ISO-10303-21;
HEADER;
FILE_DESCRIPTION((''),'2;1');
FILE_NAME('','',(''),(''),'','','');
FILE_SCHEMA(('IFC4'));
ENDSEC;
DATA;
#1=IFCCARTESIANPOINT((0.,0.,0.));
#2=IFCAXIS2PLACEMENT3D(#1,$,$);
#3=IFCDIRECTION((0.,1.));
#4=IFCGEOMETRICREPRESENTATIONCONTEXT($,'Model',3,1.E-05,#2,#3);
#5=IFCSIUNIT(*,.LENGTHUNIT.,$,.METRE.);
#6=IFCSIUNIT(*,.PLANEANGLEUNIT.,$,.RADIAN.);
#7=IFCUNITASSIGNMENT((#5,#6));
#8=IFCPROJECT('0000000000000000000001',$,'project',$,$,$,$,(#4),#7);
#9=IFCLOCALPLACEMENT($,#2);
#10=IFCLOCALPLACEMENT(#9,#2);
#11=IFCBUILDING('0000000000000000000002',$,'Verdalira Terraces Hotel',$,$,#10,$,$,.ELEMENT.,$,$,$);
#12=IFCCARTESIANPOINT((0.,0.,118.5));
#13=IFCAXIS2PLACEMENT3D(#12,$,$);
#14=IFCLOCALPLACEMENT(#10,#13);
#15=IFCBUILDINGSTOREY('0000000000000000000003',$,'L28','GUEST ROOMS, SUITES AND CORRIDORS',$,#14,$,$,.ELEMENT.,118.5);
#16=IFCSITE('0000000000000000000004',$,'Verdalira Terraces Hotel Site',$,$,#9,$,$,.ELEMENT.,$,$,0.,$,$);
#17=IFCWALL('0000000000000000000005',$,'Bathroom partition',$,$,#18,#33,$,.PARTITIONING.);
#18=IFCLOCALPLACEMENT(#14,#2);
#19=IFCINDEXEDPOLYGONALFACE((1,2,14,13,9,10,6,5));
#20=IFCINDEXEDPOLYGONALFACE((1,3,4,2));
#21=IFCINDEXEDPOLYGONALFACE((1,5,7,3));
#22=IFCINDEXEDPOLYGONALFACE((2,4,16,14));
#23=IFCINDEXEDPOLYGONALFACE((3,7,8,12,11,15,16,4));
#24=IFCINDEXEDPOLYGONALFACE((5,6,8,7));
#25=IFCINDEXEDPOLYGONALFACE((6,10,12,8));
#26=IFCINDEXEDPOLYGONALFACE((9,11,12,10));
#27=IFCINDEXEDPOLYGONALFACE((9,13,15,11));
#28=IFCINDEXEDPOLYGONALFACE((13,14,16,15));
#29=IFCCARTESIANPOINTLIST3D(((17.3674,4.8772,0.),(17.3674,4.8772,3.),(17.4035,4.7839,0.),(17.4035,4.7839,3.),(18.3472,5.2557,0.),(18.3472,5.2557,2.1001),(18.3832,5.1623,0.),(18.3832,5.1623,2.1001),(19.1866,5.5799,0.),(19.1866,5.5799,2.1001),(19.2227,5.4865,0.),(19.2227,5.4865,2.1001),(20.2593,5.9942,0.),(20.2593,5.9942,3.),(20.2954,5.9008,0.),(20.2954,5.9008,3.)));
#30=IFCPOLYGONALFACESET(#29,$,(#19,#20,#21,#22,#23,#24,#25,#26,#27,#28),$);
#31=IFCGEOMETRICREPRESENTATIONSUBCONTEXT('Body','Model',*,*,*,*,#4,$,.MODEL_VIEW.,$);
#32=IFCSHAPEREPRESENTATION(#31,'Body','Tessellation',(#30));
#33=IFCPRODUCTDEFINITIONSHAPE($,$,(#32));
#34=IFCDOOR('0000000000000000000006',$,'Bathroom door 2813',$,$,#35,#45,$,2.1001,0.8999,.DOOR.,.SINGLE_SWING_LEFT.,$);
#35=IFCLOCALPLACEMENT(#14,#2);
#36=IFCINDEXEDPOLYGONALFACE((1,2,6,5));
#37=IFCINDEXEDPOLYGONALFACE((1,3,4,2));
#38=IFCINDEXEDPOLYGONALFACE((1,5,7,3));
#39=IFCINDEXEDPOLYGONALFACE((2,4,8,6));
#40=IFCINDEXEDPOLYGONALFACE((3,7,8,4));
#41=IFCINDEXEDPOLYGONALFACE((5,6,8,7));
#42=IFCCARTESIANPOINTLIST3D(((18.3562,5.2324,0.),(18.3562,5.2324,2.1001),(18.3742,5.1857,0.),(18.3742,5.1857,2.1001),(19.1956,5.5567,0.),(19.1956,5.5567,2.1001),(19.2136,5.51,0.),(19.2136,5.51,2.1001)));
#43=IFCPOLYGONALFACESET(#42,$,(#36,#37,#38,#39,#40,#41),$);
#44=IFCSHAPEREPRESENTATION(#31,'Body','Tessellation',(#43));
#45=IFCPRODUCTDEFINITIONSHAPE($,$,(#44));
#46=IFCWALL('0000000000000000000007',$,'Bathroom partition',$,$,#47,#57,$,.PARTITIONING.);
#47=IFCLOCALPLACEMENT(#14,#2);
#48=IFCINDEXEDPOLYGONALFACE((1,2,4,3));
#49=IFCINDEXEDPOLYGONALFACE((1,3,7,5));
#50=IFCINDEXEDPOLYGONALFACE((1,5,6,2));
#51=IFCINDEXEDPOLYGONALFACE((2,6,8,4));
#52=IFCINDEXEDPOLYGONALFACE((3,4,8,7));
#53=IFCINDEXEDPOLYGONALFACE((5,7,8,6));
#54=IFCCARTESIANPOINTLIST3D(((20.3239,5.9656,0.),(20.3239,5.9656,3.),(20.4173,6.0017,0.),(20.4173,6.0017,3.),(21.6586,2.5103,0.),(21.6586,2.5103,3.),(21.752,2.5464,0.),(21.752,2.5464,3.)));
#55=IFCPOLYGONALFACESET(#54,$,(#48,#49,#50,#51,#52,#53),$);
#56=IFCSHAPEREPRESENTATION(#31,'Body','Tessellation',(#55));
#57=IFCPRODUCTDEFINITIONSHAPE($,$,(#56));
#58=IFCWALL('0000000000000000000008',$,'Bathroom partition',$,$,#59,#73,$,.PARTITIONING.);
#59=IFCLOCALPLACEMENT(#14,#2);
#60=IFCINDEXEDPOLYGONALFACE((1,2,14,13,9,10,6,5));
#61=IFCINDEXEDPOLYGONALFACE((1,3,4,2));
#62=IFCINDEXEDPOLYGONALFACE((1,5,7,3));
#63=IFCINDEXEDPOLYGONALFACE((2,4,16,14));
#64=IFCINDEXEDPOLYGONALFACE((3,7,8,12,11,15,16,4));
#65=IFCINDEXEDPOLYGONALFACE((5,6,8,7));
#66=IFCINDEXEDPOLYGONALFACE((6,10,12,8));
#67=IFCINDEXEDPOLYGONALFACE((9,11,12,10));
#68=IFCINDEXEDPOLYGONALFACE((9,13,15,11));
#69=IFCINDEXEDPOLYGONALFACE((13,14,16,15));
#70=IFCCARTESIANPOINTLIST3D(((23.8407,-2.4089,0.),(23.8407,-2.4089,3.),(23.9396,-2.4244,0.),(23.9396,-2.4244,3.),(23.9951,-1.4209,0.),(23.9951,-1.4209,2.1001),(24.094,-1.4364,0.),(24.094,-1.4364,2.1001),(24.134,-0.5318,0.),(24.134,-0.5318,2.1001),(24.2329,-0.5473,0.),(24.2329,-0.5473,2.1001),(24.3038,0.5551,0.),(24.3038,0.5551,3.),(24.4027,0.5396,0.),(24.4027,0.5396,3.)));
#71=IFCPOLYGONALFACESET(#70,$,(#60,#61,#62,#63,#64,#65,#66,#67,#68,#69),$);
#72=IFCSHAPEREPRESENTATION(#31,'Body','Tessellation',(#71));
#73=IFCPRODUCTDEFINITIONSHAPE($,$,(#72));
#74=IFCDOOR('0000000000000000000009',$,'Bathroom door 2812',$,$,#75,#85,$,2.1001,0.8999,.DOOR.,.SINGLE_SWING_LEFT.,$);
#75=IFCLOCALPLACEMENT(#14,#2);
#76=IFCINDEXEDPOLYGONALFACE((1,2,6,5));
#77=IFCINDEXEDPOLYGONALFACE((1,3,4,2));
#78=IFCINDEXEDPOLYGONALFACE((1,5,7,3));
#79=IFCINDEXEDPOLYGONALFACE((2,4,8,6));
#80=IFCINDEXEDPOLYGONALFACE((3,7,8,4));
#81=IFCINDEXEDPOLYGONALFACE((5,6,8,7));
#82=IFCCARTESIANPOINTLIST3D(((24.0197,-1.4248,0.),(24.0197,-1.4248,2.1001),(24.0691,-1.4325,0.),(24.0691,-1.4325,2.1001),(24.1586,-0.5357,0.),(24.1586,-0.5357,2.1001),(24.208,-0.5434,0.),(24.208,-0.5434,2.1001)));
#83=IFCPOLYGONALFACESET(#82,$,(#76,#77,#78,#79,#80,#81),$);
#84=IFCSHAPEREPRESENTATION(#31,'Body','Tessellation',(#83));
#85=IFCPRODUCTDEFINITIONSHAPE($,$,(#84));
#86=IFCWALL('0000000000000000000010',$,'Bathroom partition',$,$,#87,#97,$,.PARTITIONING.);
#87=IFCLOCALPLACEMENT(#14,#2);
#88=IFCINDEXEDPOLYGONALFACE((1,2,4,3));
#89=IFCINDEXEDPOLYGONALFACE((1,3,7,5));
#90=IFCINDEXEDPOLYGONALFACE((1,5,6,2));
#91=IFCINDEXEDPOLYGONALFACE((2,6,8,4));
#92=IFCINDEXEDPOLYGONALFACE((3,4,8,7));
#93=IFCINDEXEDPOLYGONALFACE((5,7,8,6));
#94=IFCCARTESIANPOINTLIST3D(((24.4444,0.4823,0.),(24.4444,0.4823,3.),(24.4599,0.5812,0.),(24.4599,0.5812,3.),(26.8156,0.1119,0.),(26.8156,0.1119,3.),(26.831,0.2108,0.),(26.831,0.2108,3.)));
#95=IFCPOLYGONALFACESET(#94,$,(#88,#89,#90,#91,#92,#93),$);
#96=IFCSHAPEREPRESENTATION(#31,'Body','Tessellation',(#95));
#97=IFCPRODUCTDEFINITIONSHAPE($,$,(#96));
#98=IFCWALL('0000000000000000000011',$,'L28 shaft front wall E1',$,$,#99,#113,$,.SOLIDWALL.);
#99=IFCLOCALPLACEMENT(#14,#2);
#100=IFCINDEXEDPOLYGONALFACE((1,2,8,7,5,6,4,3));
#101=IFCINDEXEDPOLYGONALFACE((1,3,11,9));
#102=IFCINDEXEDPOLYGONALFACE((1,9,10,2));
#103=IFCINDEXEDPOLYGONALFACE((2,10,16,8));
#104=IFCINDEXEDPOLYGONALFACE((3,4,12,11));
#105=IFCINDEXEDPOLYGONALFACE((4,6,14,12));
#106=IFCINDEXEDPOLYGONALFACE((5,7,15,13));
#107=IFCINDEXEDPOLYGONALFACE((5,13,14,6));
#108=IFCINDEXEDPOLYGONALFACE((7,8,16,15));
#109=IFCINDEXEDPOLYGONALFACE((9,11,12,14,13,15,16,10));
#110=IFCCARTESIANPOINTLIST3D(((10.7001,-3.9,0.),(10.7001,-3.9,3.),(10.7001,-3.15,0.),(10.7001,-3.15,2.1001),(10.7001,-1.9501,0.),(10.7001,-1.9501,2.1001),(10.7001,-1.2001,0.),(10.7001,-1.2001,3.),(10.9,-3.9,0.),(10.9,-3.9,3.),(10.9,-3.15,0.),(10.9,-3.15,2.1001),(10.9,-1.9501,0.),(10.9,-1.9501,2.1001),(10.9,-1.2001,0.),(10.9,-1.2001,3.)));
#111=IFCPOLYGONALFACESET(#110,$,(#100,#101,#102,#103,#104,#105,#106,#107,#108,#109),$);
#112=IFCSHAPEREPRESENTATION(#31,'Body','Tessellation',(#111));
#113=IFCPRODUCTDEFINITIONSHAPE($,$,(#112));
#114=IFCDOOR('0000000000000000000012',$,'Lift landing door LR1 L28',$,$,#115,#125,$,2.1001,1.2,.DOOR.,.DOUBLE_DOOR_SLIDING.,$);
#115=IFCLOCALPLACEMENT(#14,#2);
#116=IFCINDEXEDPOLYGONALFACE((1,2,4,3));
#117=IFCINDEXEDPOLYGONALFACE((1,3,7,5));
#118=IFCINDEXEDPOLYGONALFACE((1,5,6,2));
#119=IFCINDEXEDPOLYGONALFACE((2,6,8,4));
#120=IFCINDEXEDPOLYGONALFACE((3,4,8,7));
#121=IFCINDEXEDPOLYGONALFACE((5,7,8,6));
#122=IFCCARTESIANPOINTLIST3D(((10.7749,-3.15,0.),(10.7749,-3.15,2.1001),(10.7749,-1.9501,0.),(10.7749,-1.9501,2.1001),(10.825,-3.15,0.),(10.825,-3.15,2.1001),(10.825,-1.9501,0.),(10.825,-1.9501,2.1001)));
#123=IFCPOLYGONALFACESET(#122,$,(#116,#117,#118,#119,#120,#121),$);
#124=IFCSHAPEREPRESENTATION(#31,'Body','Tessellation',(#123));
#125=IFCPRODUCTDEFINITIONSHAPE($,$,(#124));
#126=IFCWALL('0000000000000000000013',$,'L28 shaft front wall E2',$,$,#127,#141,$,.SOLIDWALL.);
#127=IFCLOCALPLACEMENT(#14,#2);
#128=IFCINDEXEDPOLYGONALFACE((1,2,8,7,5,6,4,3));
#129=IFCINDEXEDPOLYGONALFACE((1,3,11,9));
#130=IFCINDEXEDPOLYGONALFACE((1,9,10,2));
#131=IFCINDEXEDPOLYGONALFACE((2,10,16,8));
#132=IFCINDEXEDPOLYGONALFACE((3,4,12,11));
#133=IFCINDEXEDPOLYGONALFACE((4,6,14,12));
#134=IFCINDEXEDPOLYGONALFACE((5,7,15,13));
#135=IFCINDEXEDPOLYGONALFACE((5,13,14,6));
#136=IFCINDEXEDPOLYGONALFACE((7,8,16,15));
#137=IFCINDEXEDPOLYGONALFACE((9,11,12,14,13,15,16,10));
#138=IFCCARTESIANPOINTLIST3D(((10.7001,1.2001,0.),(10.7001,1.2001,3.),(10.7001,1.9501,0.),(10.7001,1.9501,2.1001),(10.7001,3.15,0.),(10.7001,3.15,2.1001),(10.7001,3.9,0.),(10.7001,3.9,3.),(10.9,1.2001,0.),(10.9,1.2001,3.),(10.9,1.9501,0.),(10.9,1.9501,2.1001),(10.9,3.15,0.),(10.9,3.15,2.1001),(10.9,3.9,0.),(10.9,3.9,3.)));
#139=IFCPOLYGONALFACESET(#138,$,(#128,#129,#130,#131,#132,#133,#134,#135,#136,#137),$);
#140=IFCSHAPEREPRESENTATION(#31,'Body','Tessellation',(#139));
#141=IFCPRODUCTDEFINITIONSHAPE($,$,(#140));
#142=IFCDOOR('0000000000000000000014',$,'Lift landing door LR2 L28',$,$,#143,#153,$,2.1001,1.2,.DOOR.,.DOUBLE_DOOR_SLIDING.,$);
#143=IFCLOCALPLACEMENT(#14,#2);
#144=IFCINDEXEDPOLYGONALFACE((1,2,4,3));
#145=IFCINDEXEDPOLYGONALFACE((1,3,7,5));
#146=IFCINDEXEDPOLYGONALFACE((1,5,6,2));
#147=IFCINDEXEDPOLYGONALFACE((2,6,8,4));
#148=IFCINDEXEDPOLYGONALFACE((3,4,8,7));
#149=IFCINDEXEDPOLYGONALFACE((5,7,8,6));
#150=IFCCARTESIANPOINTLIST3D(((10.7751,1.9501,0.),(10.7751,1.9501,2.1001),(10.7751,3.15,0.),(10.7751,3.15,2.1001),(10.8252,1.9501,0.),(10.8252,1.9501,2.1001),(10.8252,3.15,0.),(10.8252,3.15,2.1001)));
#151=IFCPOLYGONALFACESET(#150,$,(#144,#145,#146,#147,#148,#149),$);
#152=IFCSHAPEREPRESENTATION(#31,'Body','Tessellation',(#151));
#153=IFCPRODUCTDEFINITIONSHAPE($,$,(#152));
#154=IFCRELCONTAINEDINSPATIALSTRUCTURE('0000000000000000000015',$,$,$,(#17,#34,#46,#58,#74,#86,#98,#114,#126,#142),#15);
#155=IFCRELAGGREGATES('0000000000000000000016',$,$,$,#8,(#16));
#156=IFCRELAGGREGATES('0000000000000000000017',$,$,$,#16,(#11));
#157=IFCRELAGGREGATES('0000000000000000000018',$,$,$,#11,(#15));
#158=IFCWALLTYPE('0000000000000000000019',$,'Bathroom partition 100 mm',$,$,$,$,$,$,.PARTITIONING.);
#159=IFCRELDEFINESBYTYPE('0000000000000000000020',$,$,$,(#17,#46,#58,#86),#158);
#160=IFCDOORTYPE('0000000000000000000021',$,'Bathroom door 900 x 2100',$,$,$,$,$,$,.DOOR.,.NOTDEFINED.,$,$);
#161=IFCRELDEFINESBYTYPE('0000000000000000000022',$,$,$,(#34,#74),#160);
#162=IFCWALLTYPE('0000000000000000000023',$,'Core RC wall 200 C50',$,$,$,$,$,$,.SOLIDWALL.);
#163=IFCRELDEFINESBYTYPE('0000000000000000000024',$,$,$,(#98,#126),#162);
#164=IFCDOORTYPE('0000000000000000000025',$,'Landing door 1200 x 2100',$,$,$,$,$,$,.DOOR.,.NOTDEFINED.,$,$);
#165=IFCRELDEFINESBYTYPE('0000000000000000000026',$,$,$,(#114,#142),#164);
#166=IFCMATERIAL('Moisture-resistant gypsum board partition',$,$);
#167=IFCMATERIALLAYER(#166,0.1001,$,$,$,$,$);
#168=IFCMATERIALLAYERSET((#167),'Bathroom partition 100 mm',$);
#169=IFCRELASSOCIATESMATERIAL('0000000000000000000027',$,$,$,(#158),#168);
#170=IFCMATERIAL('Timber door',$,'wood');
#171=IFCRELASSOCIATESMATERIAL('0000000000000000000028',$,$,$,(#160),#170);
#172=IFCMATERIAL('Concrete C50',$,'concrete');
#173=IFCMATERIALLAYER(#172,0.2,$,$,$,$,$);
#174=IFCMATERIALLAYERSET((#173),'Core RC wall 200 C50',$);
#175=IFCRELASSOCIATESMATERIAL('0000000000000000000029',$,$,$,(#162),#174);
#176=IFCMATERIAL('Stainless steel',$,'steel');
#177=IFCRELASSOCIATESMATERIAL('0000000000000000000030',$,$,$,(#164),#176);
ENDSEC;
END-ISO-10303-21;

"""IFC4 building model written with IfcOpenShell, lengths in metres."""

from ifc_helpers import new_model, si_unit, direction, frame, frame_2d, origin, place, context, subcontext, project, spatial, rectangle, extrude, material, layer, layer_set, type_object, element, fill, save


model = new_model("IFC4")

# Units and contexts
model_context = context("Model", 3, precision=1e-05, world=origin(), true_north=direction((0.0, 1.0)))
body_context = subcontext(model_context, "Body", "Model", "MODEL_VIEW")
ifc_project = project(units=[si_unit("LENGTHUNIT", "METRE"), si_unit("PLANEANGLEUNIT", "RADIAN")], contexts=[model_context])

# Site, building, storey
site_placement = place(None, origin())
site = spatial("IfcSite", under=ifc_project, at=site_placement, Name="Verdalira Terraces Hotel Site", CompositionType="ELEMENT", RefElevation=0.0)
building_placement = place(site_placement, origin())
building = spatial("IfcBuilding", under=site, at=building_placement, Name="Verdalira Terraces Hotel", CompositionType="ELEMENT")
storey_placement = place(building_placement, frame((0.0, 0.0, 118.5)))
storey = spatial("IfcBuildingStorey", under=building, at=storey_placement, Name="L28", Description="GUEST ROOMS, SUITES AND CORRIDORS", CompositionType="ELEMENT", Elevation=118.5)

# Wall, opening, door
ifc_material_1 = material(Name="Moisture-resistant gypsum board partition")
ifc_layer_1 = layer(ifc_material_1, 0.1001)
ifc_layer_set_1 = layer_set([ifc_layer_1], Name="Bathroom partition 100 mm")
wall_type_1 = type_object("IfcWallType", Name="Bathroom partition 100 mm", PredefinedType="PARTITIONING", material=ifc_layer_set_1)
wall_1_placement = place(storey_placement, frame((20.2773, 5.9475, 0.0), z_axis=(0.0, 0.0, 1.0), x_axis=(-0.932837, -0.360298, 0.0)))
wall_1 = element("IfcWall", 1, at=wall_1_placement, inside=storey, type_object=wall_type_1, Name="Bathroom partition", PredefinedType="PARTITIONING", context=body_context, shape_type="SweptSolid", body=[
    extrude(rectangle(XDim=3.1001, YDim=0.1001, at=frame_2d((1.55, 0.0))), origin(), (0.0, 0.0, 1.0), 3.0),
])
opening_1_placement = place(wall_1_placement, frame((1.1499, 0.0, 0.0)))
opening_1 = element("IfcOpeningElement", 2, at=opening_1_placement, cuts=wall_1, PredefinedType="OPENING", context=body_context, shape_type="SweptSolid", body=[
    extrude(rectangle(XDim=0.8999, YDim=2.1001, at=frame_2d((0.45, 1.05))), frame((0.0, 0.0601, 0.0), z_axis=(0.0, -1.0, 0.0), x_axis=(1.0, 0.0, 0.0)), (0.0, 0.0, 1.0), 0.1201),
])
ifc_material_2 = material(Name="Timber door", Category="wood")
door_type_1 = type_object("IfcDoorType", Name="Bathroom door 900 x 2100", OperationType="NOTDEFINED", PredefinedType="DOOR", material=ifc_material_2)
door_1_placement = place(opening_1_placement, origin())
door_1 = element("IfcDoor", 3, at=door_1_placement, inside=storey, type_object=door_type_1, Name="Bathroom door 2813", OperationType="SINGLE_SWING_LEFT", OverallHeight=2.1001, OverallWidth=0.8999, PredefinedType="DOOR", context=body_context, shape_type="SweptSolid", body=[
    extrude(rectangle(XDim=0.8999, YDim=2.1001, at=frame_2d((0.45, 1.05))), frame((0.0, 0.0249, 0.0), z_axis=(0.0, -1.0, 0.0), x_axis=(1.0, 0.0, 0.0)), (0.0, 0.0, 1.0), 0.05),
])
fill(opening_1, door_1)

# Wall
wall_2_placement = place(storey_placement, frame((20.3706, 5.9836, 0.0), z_axis=(0.0, 0.0, 1.0), x_axis=(0.36033, -0.932825, 0.0)))
element("IfcWall", 4, at=wall_2_placement, inside=storey, type_object=wall_type_1, Name="Bathroom partition", PredefinedType="PARTITIONING", context=body_context, shape_type="SweptSolid", body=[
    extrude(rectangle(XDim=3.7041, YDim=0.1001, at=frame_2d((1.8521, 0.0))), origin(), (0.0, 0.0, 1.0), 3.0),
])

# Wall, opening, door
wall_3_placement = place(storey_placement, frame((24.3533, 0.5474, 0.0), z_axis=(0.0, 0.0, 1.0), x_axis=(-0.154374, -0.988012, 0.0)))
wall_3 = element("IfcWall", 5, at=wall_3_placement, inside=storey, type_object=wall_type_1, Name="Bathroom partition", PredefinedType="PARTITIONING", context=body_context, shape_type="SweptSolid", body=[
    extrude(rectangle(XDim=3.0, YDim=0.1001, at=frame_2d((1.5, 0.0))), origin(), (0.0, 0.0, 1.0), 3.0),
])
opening_2_placement = place(wall_3_placement, frame((1.1001, 0.0, 0.0)))
opening_2 = element("IfcOpeningElement", 6, at=opening_2_placement, cuts=wall_3, PredefinedType="OPENING", context=body_context, shape_type="SweptSolid", body=[
    extrude(rectangle(XDim=0.8999, YDim=2.1001, at=frame_2d((0.45, 1.05))), frame((0.0, 0.0601, 0.0), z_axis=(0.0, -1.0, 0.0), x_axis=(1.0, 0.0, 0.0)), (0.0, 0.0, 1.0), 0.1201),
])
door_2_placement = place(opening_2_placement, origin())
door_2 = element("IfcDoor", 7, at=door_2_placement, inside=storey, type_object=door_type_1, Name="Bathroom door 2812", OperationType="SINGLE_SWING_LEFT", OverallHeight=2.1001, OverallWidth=0.8999, PredefinedType="DOOR", context=body_context, shape_type="SweptSolid", body=[
    extrude(rectangle(XDim=0.8999, YDim=2.1001, at=frame_2d((0.45, 1.05))), frame((0.0, 0.0249, 0.0), z_axis=(0.0, -1.0, 0.0), x_axis=(1.0, 0.0, 0.0)), (0.0, 0.0, 1.0), 0.05),
])
fill(opening_2, door_2)

# Wall
wall_4_placement = place(storey_placement, frame((24.4521, 0.5317, 0.0), z_axis=(0.0, 0.0, 1.0), x_axis=(0.98802, -0.154327, 0.0)))
element("IfcWall", 8, at=wall_4_placement, inside=storey, type_object=wall_type_1, Name="Bathroom partition", PredefinedType="PARTITIONING", context=body_context, shape_type="SweptSolid", body=[
    extrude(rectangle(XDim=2.3999, YDim=0.1001, at=frame_2d((1.2, 0.0))), origin(), (0.0, 0.0, 1.0), 3.0),
])

# Walls, openings, doors
ifc_material_3 = material(Name="Concrete C50", Category="concrete")
ifc_layer_2 = layer(ifc_material_3, 0.2)
ifc_layer_set_2 = layer_set([ifc_layer_2], Name="Core RC wall 200 C50")
wall_type_2 = type_object("IfcWallType", Name="Core RC wall 200 C50", PredefinedType="SOLIDWALL", material=ifc_layer_set_2)
wall_5_placement = place(storey_placement, frame((10.8, -1.2, 0.0), z_axis=(0.0, 0.0, 1.0), x_axis=(0.0, -1.0, 0.0)))
wall_5 = element("IfcWall", 9, at=wall_5_placement, inside=storey, type_object=wall_type_2, Name="L28 shaft front wall E1", PredefinedType="SOLIDWALL", context=body_context, shape_type="SweptSolid", body=[
    extrude(rectangle(XDim=2.7, YDim=0.2, at=frame_2d((1.3501, 0.0))), origin(), (0.0, 0.0, 1.0), 3.0),
])
opening_3_placement = place(wall_5_placement, frame((0.75, 0.0, 0.0)))
opening_3 = element("IfcOpeningElement", 10, at=opening_3_placement, cuts=wall_5, PredefinedType="OPENING", context=body_context, shape_type="SweptSolid", body=[
    extrude(rectangle(XDim=1.2, YDim=2.1001, at=frame_2d((0.6001, 1.05))), frame((0.0, 0.1099, 0.0), z_axis=(0.0, -1.0, 0.0), x_axis=(1.0, 0.0, 0.0)), (0.0, 0.0, 1.0), 0.22),
])
ifc_material_4 = material(Name="Stainless steel", Category="steel")
door_type_2 = type_object("IfcDoorType", Name="Landing door 1200 x 2100", OperationType="NOTDEFINED", PredefinedType="DOOR", material=ifc_material_4)
door_3_placement = place(opening_3_placement, origin())
door_3 = element("IfcDoor", 11, at=door_3_placement, inside=storey, type_object=door_type_2, Name="Lift landing door LR1 L28", OperationType="DOUBLE_DOOR_SLIDING", OverallHeight=2.1001, OverallWidth=1.2, PredefinedType="DOOR", context=body_context, shape_type="SweptSolid", body=[
    extrude(rectangle(XDim=1.2, YDim=2.1001, at=frame_2d((0.6001, 1.05))), frame((0.0, 0.0249, 0.0), z_axis=(0.0, -1.0, 0.0), x_axis=(1.0, 0.0, 0.0)), (0.0, 0.0, 1.0), 0.05),
])
fill(opening_3, door_3)
wall_6_placement = place(storey_placement, frame((10.8, 1.2, 0.0), z_axis=(0.0, 0.0, 1.0), x_axis=(0.0, 1.0, 0.0)))
wall_6 = element("IfcWall", 12, at=wall_6_placement, inside=storey, type_object=wall_type_2, Name="L28 shaft front wall E2", PredefinedType="SOLIDWALL", context=body_context, shape_type="SweptSolid", body=[
    extrude(rectangle(XDim=2.7, YDim=0.2, at=frame_2d((1.3501, 0.0))), origin(), (0.0, 0.0, 1.0), 3.0),
])
opening_4_placement = place(wall_6_placement, frame((0.75, 0.0, 0.0)))
opening_4 = element("IfcOpeningElement", 13, at=opening_4_placement, cuts=wall_6, PredefinedType="OPENING", context=body_context, shape_type="SweptSolid", body=[
    extrude(rectangle(XDim=1.2, YDim=2.1001, at=frame_2d((0.6001, 1.05))), frame((0.0, 0.1099, 0.0), z_axis=(0.0, -1.0, 0.0), x_axis=(1.0, 0.0, 0.0)), (0.0, 0.0, 1.0), 0.22),
])
door_4_placement = place(opening_4_placement, origin())
door_4 = element("IfcDoor", 14, at=door_4_placement, inside=storey, type_object=door_type_2, Name="Lift landing door LR2 L28", OperationType="DOUBLE_DOOR_SLIDING", OverallHeight=2.1001, OverallWidth=1.2, PredefinedType="DOOR", context=body_context, shape_type="SweptSolid", body=[
    extrude(rectangle(XDim=1.2, YDim=2.1001, at=frame_2d((0.6001, 1.05))), frame((0.0, 0.0249, 0.0), z_axis=(0.0, -1.0, 0.0), x_axis=(1.0, 0.0, 0.0)), (0.0, 0.0, 1.0), 0.05),
])
fill(opening_4, door_4)

save(model, "model.ifc")
